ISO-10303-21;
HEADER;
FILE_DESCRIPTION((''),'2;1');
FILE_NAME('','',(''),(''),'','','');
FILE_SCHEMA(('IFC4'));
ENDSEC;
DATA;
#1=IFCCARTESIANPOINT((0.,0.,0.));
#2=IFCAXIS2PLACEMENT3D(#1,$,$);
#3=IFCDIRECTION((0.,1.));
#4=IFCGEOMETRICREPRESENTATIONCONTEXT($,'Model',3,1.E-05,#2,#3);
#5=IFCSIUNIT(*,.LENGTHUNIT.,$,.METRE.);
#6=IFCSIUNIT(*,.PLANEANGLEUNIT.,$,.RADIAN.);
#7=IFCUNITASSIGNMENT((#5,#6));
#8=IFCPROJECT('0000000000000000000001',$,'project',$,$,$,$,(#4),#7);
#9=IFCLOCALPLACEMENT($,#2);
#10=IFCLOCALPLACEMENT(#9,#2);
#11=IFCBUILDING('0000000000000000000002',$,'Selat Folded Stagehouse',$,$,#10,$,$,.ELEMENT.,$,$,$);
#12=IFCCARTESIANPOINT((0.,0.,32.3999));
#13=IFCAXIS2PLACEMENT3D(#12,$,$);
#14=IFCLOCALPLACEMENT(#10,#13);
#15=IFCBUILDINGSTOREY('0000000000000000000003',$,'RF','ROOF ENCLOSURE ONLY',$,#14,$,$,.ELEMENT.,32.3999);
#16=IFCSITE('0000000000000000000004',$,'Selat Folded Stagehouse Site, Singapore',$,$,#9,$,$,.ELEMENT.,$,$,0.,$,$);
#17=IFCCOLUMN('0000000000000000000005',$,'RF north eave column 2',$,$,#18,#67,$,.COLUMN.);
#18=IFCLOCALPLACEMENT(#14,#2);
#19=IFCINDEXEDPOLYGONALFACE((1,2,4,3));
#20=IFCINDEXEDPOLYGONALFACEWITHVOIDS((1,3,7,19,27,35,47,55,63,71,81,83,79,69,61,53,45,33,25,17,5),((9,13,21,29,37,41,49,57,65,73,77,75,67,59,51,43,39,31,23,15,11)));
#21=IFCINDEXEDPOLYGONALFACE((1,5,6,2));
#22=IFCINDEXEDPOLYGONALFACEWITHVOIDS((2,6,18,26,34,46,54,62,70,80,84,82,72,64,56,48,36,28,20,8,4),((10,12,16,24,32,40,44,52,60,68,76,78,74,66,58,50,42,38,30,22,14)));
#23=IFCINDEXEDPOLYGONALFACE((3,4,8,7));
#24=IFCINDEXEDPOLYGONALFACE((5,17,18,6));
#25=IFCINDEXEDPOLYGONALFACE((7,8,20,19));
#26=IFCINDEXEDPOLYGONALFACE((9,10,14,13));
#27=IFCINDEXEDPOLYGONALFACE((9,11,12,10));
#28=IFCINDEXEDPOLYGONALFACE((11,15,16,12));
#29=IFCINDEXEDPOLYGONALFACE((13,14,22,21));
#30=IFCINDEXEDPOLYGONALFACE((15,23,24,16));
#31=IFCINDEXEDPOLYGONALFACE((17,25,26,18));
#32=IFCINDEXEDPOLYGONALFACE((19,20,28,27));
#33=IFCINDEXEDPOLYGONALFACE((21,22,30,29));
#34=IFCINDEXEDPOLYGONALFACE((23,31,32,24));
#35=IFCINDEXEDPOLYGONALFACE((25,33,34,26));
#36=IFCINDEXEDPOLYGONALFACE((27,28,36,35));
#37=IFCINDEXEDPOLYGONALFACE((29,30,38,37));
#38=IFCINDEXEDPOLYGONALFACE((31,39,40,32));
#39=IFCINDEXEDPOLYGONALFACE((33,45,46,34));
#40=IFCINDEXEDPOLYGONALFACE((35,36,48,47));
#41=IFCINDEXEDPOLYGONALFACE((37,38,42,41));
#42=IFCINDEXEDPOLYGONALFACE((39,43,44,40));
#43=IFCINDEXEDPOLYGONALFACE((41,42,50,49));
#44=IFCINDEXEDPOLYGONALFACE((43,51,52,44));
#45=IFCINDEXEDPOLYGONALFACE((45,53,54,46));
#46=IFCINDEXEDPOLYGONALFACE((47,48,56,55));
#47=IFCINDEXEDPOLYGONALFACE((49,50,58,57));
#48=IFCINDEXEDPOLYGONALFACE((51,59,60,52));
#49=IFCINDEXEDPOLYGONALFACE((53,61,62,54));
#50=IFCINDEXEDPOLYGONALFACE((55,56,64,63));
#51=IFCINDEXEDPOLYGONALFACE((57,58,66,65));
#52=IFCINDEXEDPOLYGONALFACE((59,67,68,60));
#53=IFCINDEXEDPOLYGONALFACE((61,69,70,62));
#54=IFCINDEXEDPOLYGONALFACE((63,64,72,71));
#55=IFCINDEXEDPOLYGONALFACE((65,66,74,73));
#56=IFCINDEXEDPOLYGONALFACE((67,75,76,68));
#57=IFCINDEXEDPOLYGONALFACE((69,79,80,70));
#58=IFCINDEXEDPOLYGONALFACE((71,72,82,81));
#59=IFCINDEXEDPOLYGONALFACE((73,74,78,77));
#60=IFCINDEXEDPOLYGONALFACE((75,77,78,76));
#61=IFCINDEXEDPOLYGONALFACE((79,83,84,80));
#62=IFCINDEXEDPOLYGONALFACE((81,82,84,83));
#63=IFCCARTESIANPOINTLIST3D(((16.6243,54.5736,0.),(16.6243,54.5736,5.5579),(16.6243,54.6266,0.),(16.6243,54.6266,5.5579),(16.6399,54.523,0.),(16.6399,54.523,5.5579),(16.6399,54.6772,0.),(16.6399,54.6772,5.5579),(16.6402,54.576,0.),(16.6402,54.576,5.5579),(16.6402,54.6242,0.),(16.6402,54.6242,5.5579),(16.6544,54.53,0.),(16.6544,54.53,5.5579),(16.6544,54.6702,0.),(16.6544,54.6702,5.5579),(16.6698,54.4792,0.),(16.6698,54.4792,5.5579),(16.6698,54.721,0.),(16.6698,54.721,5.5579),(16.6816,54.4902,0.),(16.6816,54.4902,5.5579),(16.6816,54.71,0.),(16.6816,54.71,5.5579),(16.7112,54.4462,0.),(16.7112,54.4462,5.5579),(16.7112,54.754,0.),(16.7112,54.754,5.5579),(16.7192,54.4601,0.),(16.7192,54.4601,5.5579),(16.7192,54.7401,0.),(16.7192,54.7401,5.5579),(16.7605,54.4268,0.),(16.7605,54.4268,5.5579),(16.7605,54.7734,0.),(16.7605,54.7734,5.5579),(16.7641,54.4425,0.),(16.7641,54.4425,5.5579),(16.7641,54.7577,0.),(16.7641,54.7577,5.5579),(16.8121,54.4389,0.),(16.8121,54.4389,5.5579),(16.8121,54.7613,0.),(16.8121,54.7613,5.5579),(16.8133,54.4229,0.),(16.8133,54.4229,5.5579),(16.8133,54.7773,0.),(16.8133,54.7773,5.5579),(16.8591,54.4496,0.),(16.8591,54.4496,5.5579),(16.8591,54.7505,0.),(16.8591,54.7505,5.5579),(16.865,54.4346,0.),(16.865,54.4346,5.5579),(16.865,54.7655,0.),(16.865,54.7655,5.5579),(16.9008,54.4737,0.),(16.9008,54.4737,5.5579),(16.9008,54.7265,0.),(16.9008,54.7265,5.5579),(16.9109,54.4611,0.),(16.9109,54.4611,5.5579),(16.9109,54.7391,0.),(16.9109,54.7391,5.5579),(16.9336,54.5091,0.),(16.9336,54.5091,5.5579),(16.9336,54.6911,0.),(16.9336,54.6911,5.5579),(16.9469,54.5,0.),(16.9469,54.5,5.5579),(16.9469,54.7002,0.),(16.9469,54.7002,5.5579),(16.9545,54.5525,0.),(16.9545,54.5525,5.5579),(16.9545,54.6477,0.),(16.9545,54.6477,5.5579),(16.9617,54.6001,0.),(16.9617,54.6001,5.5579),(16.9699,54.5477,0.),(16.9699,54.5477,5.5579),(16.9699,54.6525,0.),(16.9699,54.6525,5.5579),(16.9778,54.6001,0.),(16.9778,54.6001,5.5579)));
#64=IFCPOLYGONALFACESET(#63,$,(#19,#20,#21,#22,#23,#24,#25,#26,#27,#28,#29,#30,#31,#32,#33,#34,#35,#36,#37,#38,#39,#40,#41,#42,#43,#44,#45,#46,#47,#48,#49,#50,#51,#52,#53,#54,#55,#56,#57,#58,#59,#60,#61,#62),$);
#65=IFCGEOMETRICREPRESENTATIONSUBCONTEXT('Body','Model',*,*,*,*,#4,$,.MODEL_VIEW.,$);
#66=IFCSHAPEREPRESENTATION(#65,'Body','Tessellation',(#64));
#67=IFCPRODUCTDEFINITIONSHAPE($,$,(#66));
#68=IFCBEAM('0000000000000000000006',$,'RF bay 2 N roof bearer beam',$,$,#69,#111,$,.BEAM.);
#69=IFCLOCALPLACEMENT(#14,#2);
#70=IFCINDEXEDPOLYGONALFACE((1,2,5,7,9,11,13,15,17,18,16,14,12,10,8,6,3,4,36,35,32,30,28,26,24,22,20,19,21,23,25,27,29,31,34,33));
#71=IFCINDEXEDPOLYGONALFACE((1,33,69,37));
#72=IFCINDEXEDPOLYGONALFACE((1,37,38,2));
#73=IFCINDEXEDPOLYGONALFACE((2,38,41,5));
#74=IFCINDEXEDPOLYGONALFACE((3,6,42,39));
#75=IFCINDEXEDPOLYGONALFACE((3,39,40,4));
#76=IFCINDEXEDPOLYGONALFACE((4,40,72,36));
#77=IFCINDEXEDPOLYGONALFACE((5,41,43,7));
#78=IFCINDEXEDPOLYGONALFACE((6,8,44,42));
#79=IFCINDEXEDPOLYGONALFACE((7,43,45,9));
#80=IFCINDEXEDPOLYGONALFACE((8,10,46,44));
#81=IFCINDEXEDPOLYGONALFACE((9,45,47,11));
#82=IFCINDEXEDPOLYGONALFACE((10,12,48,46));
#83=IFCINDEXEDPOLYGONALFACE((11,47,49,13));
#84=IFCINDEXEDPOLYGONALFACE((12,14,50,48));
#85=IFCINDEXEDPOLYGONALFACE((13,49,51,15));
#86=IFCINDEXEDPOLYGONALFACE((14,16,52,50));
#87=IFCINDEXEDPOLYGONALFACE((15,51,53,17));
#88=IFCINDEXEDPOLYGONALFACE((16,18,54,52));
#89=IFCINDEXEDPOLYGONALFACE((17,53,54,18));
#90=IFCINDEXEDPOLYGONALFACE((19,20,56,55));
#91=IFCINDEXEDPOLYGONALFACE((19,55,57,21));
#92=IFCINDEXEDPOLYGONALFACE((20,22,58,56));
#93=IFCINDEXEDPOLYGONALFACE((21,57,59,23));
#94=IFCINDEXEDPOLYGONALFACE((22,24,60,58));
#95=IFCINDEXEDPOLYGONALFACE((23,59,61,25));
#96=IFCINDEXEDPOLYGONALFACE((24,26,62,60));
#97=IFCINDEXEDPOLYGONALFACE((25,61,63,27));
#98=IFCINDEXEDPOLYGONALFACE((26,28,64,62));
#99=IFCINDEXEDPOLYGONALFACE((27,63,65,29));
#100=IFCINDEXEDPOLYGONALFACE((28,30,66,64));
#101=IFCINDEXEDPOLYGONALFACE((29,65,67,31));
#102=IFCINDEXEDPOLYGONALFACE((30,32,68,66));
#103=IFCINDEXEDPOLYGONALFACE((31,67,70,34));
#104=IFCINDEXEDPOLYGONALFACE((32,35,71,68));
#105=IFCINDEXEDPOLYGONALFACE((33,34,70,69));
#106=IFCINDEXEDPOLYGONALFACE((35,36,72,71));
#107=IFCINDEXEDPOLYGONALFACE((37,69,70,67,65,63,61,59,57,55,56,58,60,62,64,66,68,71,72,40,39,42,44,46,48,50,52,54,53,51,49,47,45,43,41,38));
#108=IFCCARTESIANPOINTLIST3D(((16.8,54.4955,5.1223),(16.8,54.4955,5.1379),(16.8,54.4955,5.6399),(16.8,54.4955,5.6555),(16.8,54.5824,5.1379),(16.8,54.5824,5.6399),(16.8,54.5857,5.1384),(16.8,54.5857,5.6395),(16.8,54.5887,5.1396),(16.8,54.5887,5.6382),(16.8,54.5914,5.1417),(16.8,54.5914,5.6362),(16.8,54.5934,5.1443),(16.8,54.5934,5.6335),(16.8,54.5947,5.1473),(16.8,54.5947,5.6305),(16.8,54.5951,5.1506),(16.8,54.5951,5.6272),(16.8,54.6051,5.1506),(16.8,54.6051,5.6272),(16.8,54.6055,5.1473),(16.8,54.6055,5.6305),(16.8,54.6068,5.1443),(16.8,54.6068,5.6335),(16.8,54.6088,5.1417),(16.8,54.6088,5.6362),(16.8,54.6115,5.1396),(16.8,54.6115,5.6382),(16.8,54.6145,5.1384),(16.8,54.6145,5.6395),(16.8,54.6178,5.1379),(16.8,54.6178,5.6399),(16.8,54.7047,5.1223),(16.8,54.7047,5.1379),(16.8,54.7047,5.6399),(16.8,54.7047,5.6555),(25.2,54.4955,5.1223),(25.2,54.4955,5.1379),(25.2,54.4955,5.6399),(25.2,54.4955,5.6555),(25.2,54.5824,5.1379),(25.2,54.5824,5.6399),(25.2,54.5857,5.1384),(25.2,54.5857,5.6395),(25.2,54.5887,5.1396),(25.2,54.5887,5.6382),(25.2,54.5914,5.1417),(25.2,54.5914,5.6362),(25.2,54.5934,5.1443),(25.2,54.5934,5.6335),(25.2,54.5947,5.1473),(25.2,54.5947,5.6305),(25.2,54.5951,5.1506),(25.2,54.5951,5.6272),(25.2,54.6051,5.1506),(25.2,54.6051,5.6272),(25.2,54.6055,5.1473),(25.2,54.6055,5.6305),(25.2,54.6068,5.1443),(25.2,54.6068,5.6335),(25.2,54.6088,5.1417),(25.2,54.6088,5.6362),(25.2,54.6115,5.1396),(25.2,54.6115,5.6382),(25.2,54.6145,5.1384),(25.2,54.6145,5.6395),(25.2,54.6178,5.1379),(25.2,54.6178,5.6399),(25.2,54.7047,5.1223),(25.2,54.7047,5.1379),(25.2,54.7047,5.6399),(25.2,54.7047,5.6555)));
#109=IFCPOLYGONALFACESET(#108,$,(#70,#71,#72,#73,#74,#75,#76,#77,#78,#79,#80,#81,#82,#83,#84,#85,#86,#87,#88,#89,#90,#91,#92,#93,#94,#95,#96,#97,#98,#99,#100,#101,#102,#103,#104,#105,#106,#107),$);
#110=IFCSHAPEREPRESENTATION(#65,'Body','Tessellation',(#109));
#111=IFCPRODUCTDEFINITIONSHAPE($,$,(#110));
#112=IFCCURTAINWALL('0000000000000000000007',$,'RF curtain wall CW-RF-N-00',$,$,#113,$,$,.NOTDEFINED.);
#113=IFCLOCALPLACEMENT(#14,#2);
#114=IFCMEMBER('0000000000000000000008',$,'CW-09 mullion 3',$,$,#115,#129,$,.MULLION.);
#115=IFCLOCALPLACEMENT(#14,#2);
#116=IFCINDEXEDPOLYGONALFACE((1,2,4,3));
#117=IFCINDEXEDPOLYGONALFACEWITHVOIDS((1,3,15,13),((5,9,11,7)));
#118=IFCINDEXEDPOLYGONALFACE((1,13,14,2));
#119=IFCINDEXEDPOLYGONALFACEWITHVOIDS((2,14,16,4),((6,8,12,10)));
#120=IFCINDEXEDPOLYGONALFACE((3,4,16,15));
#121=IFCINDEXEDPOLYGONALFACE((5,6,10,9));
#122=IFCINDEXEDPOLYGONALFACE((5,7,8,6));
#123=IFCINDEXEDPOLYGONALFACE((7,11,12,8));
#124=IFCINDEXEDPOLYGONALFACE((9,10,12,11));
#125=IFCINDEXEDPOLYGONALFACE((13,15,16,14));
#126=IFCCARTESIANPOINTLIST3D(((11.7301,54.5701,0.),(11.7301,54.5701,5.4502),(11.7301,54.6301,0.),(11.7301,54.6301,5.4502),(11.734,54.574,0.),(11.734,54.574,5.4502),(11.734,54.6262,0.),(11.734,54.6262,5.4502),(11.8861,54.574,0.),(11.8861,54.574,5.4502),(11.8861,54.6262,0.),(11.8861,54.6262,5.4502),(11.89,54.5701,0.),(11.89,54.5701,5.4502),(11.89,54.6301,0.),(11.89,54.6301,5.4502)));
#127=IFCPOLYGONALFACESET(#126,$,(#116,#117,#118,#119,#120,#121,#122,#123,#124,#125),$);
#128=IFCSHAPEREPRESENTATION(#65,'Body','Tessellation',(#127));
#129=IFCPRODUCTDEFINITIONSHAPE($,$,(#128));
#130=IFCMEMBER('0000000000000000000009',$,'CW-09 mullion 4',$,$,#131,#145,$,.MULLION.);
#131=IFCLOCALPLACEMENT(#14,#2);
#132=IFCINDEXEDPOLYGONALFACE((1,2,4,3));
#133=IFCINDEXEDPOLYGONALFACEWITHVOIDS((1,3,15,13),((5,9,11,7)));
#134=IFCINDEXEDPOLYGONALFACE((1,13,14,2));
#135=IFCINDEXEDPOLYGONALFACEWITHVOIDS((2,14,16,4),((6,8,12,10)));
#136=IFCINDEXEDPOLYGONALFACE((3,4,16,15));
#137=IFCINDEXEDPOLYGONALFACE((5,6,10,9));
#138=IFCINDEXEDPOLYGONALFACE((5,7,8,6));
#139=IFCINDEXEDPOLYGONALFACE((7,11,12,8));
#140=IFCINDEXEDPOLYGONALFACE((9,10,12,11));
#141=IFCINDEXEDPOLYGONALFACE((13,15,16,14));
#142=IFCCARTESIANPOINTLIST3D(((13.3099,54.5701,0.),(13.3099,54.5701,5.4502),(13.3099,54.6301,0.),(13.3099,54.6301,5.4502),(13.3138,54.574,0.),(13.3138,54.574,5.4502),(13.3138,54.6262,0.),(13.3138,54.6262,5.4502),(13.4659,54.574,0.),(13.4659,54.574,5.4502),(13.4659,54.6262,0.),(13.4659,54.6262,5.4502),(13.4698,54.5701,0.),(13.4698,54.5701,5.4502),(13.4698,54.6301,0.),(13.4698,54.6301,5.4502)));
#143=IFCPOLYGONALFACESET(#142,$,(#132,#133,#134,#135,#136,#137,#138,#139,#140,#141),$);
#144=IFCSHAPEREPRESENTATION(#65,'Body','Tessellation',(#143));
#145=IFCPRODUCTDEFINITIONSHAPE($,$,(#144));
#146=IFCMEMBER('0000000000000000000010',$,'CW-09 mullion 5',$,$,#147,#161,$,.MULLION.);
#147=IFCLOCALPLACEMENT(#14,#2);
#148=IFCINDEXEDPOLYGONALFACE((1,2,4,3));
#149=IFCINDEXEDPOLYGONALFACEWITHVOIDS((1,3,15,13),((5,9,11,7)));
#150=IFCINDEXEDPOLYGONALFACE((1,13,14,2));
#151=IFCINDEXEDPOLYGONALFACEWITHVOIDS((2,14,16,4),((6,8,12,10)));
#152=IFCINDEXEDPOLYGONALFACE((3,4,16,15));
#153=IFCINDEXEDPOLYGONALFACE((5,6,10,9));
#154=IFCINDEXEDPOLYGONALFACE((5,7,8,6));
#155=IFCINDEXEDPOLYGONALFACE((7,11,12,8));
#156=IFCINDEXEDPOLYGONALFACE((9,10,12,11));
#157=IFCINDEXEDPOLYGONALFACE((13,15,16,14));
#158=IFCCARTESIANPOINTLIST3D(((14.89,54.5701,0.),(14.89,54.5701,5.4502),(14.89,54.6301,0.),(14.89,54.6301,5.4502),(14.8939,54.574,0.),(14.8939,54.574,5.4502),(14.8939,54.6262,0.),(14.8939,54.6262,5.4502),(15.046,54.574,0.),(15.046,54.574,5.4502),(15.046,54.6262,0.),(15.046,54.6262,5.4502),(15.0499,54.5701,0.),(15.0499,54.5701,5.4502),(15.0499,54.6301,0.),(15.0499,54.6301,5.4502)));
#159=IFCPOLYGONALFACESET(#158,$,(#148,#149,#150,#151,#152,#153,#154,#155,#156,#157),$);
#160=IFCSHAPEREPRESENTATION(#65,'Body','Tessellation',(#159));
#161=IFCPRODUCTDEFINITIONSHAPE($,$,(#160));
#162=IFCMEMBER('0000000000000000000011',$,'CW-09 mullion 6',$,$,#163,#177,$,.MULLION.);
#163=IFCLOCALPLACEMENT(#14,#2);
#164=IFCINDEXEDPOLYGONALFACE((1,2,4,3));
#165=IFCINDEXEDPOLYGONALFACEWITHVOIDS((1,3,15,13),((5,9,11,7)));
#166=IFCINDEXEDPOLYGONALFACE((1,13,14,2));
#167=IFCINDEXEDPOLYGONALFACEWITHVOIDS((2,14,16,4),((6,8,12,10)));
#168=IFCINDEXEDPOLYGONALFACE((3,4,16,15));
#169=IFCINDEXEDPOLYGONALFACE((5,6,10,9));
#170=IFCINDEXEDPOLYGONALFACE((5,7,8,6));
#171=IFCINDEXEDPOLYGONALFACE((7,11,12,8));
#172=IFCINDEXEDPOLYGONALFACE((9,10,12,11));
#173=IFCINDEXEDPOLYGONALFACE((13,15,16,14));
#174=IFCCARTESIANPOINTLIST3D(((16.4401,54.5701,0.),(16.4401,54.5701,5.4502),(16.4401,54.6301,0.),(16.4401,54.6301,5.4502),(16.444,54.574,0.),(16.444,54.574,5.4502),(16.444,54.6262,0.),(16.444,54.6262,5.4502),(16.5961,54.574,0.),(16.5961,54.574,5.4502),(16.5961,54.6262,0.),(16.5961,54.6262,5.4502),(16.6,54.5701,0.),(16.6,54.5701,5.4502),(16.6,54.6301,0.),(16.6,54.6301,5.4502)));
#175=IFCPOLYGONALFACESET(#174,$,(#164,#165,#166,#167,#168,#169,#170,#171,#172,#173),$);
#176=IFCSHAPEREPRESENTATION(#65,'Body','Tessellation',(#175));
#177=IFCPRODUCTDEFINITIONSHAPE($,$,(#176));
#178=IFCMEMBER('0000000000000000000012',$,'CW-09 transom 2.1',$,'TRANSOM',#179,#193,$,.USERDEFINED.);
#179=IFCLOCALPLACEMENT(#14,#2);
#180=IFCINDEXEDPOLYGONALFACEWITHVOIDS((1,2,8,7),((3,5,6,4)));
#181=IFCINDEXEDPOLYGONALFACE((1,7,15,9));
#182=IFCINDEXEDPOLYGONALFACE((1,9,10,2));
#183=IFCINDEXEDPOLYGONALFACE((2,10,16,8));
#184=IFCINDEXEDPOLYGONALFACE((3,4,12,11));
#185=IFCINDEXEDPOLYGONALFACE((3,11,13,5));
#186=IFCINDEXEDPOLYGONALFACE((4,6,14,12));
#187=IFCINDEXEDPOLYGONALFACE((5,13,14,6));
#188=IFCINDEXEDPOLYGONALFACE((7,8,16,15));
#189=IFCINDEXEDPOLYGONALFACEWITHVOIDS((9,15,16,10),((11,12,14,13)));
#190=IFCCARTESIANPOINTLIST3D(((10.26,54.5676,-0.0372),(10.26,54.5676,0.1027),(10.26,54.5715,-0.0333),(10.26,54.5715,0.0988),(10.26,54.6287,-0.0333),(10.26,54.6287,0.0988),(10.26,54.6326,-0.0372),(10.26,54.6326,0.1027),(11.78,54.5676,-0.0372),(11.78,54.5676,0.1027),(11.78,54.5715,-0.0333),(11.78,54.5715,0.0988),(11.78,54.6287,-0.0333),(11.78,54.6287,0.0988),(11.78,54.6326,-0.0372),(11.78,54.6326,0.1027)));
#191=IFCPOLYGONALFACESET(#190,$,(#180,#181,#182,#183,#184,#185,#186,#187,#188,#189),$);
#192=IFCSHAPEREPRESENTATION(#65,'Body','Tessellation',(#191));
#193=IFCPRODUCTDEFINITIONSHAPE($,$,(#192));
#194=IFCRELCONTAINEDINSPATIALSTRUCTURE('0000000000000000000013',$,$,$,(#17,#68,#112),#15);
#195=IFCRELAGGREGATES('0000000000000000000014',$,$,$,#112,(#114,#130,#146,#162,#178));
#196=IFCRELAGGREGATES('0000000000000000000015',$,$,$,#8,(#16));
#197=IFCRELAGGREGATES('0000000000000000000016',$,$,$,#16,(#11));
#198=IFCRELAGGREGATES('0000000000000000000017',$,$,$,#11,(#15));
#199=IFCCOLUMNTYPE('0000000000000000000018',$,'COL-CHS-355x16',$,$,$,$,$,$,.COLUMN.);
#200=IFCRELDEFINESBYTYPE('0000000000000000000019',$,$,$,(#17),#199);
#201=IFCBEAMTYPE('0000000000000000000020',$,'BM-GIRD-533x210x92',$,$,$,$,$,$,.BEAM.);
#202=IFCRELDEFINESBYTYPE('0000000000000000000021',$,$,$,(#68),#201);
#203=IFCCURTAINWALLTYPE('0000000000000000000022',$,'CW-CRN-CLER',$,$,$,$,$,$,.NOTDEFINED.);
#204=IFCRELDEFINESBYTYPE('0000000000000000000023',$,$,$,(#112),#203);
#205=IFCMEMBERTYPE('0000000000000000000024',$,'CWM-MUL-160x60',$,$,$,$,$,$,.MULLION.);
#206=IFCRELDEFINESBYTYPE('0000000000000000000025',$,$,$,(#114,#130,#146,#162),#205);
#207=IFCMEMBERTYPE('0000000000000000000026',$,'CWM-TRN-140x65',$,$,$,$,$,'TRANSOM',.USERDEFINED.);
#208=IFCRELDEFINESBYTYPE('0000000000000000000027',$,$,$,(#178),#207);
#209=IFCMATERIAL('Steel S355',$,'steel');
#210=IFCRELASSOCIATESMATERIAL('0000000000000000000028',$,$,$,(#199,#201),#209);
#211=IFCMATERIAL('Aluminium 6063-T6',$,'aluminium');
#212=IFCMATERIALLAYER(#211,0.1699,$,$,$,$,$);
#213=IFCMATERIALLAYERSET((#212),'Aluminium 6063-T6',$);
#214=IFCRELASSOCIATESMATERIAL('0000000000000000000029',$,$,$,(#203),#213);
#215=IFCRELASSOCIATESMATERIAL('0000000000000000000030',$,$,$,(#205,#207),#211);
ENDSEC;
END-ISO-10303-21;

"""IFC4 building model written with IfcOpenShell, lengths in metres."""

from ifc_helpers import new_model, si_unit, direction, frame, origin, origin_2d, place, context, subcontext, project, spatial, hollow_rectangle, hollow_circle, i_section, extrude, material, layer, layer_set, material_profile, profile_set, type_object, element, aggregate, save


model = new_model("IFC4")

# Units and contexts
model_context = context("Model", 3, precision=1e-05, world=origin(), true_north=direction((0.0, 1.0)))
body_context = subcontext(model_context, "Body", "Model", "MODEL_VIEW")
ifc_project = project(units=[si_unit("LENGTHUNIT", "METRE"), si_unit("PLANEANGLEUNIT", "RADIAN")], contexts=[model_context])

# Site, building, storey
site_placement = place(None, origin())
site = spatial("IfcSite", under=ifc_project, at=site_placement, Name="Selat Folded Stagehouse Site, Singapore", CompositionType="ELEMENT", RefElevation=0.0)
building_placement = place(site_placement, origin())
building = spatial("IfcBuilding", under=site, at=building_placement, Name="Selat Folded Stagehouse", CompositionType="ELEMENT")
storey_placement = place(building_placement, frame((0.0, 0.0, 32.3999)))
storey = spatial("IfcBuildingStorey", under=building, at=storey_placement, Name="RF", Description="ROOF ENCLOSURE ONLY", CompositionType="ELEMENT", Elevation=32.3999)

# Column
ifc_material_1 = material(Name="Steel S355", Category="steel")
ifc_material_profile_1 = material_profile(ifc_material_1, hollow_circle(Radius=0.1777, WallThickness=0.0161, at=origin_2d()), Name="CHS 355.6x16.0")
ifc_profile_set_1 = profile_set([ifc_material_profile_1], Name="Steel S355")
column_type = type_object("IfcColumnType", Name="COL-CHS-355x16", PredefinedType="COLUMN", material=ifc_profile_set_1)
column_placement = place(storey_placement, frame((16.8, 54.6001, 0.0), z_axis=(0.0, 0.0, 1.0), x_axis=(1.0, 0.0, 0.0)))
element("IfcColumn", 1, at=column_placement, inside=storey, type_object=column_type, Name="RF north eave column 2", PredefinedType="COLUMN", context=body_context, shape_type="SweptSolid", body=[
    extrude(hollow_circle(Radius=0.1777, WallThickness=0.0161, at=origin_2d()), origin(), (0.0, 0.0, 1.0), 5.5579),
])

# Beam
ifc_material_profile_2 = material_profile(ifc_material_1, i_section(OverallWidth=0.2092, OverallDepth=0.5332, WebThickness=0.01, FlangeThickness=0.0156, FilletRadius=0.0127, at=origin_2d()), Name="UKB 533x210x92")
ifc_profile_set_2 = profile_set([ifc_material_profile_2], Name="Steel S355")
beam_type = type_object("IfcBeamType", Name="BM-GIRD-533x210x92", PredefinedType="BEAM", material=ifc_profile_set_2)
beam_placement = place(storey_placement, frame((16.8, 54.6001, 5.3889), z_axis=(1.0, 0.0, 0.0), x_axis=(0.0, 1.0, 0.0)))
element("IfcBeam", 2, at=beam_placement, inside=storey, type_object=beam_type, Name="RF bay 2 N roof bearer beam", PredefinedType="BEAM", context=body_context, shape_type="SweptSolid", body=[
    extrude(i_section(OverallWidth=0.2092, OverallDepth=0.5332, WebThickness=0.01, FlangeThickness=0.0156, FilletRadius=0.0127, at=origin_2d()), origin(), (0.0, 0.0, 1.0), 8.3999),
])

# Curtain wall, members
ifc_material_2 = material(Name="Aluminium 6063-T6", Category="aluminium")
ifc_layer_1 = layer(ifc_material_2, 0.1699)
ifc_layer_set_1 = layer_set([ifc_layer_1], Name="Aluminium 6063-T6")
curtain_wall_type = type_object("IfcCurtainWallType", Name="CW-CRN-CLER", PredefinedType="NOTDEFINED", material=ifc_layer_set_1)
curtain_wall_placement = place(storey_placement, origin())
curtain_wall = element("IfcCurtainWall", 3, at=curtain_wall_placement, inside=storey, type_object=curtain_wall_type, Name="RF curtain wall CW-RF-N-00", PredefinedType="NOTDEFINED")
ifc_material_profile_3 = material_profile(ifc_material_2, hollow_rectangle(XDim=0.0601, YDim=0.1599, WallThickness=0.0039, at=origin_2d()), Name="ALU 160x60x4.0")
ifc_profile_set_3 = profile_set([ifc_material_profile_3], Name="Aluminium 6063-T6")
member_type_1 = type_object("IfcMemberType", Name="CWM-MUL-160x60", PredefinedType="MULLION", material=ifc_profile_set_3)
member_1_placement = place(storey_placement, frame((11.8101, 54.6001, 0.0), z_axis=(0.0, 0.0, 1.0), x_axis=(0.0, 1.0, 0.0)))
member_1 = element("IfcMember", 4, at=member_1_placement, type_object=member_type_1, Name="CW-09 mullion 3", PredefinedType="MULLION", context=body_context, shape_type="SweptSolid", body=[
    extrude(hollow_rectangle(XDim=0.0601, YDim=0.1599, WallThickness=0.0039, at=origin_2d()), origin(), (0.0, 0.0, 1.0), 5.4502),
])
member_2_placement = place(storey_placement, frame((13.3899, 54.6001, 0.0), z_axis=(0.0, 0.0, 1.0), x_axis=(0.0, 1.0, 0.0)))
member_2 = element("IfcMember", 5, at=member_2_placement, type_object=member_type_1, Name="CW-09 mullion 4", PredefinedType="MULLION", context=body_context, shape_type="SweptSolid", body=[
    extrude(hollow_rectangle(XDim=0.0601, YDim=0.1599, WallThickness=0.0039, at=origin_2d()), origin(), (0.0, 0.0, 1.0), 5.4502),
])
member_3_placement = place(storey_placement, frame((14.97, 54.6001, 0.0), z_axis=(0.0, 0.0, 1.0), x_axis=(0.0, 1.0, 0.0)))
member_3 = element("IfcMember", 6, at=member_3_placement, type_object=member_type_1, Name="CW-09 mullion 5", PredefinedType="MULLION", context=body_context, shape_type="SweptSolid", body=[
    extrude(hollow_rectangle(XDim=0.0601, YDim=0.1599, WallThickness=0.0039, at=origin_2d()), origin(), (0.0, 0.0, 1.0), 5.4502),
])
member_4_placement = place(storey_placement, frame((16.52, 54.6001, 0.0), z_axis=(0.0, 0.0, 1.0), x_axis=(0.0, 1.0, 0.0)))
member_4 = element("IfcMember", 7, at=member_4_placement, type_object=member_type_1, Name="CW-09 mullion 6", PredefinedType="MULLION", context=body_context, shape_type="SweptSolid", body=[
    extrude(hollow_rectangle(XDim=0.0601, YDim=0.1599, WallThickness=0.0039, at=origin_2d()), origin(), (0.0, 0.0, 1.0), 5.4502),
])
ifc_material_profile_4 = material_profile(ifc_material_2, hollow_rectangle(XDim=0.0649, YDim=0.1399, WallThickness=0.0039, at=origin_2d()), Name="ALU 140x65x4.0")
ifc_profile_set_4 = profile_set([ifc_material_profile_4], Name="Aluminium 6063-T6")
member_type_2 = type_object("IfcMemberType", Name="CWM-TRN-140x65", ElementType="TRANSOM", PredefinedType="USERDEFINED", material=ifc_profile_set_4)
member_5_placement = place(storey_placement, frame((10.26, 54.6001, 0.0327), z_axis=(1.0, 0.0, 0.0), x_axis=(0.0, 1.0, 0.0)))
member_5 = element("IfcMember", 8, at=member_5_placement, type_object=member_type_2, Name="CW-09 transom 2.1", ObjectType="TRANSOM", PredefinedType="USERDEFINED", context=body_context, shape_type="SweptSolid", body=[
    extrude(hollow_rectangle(XDim=0.0649, YDim=0.1399, WallThickness=0.0039, at=origin_2d()), origin(), (0.0, 0.0, 1.0), 1.52),
])

aggregate(curtain_wall, [member_1, member_2, member_3, member_4, member_5])

save(model, "model.ifc")
